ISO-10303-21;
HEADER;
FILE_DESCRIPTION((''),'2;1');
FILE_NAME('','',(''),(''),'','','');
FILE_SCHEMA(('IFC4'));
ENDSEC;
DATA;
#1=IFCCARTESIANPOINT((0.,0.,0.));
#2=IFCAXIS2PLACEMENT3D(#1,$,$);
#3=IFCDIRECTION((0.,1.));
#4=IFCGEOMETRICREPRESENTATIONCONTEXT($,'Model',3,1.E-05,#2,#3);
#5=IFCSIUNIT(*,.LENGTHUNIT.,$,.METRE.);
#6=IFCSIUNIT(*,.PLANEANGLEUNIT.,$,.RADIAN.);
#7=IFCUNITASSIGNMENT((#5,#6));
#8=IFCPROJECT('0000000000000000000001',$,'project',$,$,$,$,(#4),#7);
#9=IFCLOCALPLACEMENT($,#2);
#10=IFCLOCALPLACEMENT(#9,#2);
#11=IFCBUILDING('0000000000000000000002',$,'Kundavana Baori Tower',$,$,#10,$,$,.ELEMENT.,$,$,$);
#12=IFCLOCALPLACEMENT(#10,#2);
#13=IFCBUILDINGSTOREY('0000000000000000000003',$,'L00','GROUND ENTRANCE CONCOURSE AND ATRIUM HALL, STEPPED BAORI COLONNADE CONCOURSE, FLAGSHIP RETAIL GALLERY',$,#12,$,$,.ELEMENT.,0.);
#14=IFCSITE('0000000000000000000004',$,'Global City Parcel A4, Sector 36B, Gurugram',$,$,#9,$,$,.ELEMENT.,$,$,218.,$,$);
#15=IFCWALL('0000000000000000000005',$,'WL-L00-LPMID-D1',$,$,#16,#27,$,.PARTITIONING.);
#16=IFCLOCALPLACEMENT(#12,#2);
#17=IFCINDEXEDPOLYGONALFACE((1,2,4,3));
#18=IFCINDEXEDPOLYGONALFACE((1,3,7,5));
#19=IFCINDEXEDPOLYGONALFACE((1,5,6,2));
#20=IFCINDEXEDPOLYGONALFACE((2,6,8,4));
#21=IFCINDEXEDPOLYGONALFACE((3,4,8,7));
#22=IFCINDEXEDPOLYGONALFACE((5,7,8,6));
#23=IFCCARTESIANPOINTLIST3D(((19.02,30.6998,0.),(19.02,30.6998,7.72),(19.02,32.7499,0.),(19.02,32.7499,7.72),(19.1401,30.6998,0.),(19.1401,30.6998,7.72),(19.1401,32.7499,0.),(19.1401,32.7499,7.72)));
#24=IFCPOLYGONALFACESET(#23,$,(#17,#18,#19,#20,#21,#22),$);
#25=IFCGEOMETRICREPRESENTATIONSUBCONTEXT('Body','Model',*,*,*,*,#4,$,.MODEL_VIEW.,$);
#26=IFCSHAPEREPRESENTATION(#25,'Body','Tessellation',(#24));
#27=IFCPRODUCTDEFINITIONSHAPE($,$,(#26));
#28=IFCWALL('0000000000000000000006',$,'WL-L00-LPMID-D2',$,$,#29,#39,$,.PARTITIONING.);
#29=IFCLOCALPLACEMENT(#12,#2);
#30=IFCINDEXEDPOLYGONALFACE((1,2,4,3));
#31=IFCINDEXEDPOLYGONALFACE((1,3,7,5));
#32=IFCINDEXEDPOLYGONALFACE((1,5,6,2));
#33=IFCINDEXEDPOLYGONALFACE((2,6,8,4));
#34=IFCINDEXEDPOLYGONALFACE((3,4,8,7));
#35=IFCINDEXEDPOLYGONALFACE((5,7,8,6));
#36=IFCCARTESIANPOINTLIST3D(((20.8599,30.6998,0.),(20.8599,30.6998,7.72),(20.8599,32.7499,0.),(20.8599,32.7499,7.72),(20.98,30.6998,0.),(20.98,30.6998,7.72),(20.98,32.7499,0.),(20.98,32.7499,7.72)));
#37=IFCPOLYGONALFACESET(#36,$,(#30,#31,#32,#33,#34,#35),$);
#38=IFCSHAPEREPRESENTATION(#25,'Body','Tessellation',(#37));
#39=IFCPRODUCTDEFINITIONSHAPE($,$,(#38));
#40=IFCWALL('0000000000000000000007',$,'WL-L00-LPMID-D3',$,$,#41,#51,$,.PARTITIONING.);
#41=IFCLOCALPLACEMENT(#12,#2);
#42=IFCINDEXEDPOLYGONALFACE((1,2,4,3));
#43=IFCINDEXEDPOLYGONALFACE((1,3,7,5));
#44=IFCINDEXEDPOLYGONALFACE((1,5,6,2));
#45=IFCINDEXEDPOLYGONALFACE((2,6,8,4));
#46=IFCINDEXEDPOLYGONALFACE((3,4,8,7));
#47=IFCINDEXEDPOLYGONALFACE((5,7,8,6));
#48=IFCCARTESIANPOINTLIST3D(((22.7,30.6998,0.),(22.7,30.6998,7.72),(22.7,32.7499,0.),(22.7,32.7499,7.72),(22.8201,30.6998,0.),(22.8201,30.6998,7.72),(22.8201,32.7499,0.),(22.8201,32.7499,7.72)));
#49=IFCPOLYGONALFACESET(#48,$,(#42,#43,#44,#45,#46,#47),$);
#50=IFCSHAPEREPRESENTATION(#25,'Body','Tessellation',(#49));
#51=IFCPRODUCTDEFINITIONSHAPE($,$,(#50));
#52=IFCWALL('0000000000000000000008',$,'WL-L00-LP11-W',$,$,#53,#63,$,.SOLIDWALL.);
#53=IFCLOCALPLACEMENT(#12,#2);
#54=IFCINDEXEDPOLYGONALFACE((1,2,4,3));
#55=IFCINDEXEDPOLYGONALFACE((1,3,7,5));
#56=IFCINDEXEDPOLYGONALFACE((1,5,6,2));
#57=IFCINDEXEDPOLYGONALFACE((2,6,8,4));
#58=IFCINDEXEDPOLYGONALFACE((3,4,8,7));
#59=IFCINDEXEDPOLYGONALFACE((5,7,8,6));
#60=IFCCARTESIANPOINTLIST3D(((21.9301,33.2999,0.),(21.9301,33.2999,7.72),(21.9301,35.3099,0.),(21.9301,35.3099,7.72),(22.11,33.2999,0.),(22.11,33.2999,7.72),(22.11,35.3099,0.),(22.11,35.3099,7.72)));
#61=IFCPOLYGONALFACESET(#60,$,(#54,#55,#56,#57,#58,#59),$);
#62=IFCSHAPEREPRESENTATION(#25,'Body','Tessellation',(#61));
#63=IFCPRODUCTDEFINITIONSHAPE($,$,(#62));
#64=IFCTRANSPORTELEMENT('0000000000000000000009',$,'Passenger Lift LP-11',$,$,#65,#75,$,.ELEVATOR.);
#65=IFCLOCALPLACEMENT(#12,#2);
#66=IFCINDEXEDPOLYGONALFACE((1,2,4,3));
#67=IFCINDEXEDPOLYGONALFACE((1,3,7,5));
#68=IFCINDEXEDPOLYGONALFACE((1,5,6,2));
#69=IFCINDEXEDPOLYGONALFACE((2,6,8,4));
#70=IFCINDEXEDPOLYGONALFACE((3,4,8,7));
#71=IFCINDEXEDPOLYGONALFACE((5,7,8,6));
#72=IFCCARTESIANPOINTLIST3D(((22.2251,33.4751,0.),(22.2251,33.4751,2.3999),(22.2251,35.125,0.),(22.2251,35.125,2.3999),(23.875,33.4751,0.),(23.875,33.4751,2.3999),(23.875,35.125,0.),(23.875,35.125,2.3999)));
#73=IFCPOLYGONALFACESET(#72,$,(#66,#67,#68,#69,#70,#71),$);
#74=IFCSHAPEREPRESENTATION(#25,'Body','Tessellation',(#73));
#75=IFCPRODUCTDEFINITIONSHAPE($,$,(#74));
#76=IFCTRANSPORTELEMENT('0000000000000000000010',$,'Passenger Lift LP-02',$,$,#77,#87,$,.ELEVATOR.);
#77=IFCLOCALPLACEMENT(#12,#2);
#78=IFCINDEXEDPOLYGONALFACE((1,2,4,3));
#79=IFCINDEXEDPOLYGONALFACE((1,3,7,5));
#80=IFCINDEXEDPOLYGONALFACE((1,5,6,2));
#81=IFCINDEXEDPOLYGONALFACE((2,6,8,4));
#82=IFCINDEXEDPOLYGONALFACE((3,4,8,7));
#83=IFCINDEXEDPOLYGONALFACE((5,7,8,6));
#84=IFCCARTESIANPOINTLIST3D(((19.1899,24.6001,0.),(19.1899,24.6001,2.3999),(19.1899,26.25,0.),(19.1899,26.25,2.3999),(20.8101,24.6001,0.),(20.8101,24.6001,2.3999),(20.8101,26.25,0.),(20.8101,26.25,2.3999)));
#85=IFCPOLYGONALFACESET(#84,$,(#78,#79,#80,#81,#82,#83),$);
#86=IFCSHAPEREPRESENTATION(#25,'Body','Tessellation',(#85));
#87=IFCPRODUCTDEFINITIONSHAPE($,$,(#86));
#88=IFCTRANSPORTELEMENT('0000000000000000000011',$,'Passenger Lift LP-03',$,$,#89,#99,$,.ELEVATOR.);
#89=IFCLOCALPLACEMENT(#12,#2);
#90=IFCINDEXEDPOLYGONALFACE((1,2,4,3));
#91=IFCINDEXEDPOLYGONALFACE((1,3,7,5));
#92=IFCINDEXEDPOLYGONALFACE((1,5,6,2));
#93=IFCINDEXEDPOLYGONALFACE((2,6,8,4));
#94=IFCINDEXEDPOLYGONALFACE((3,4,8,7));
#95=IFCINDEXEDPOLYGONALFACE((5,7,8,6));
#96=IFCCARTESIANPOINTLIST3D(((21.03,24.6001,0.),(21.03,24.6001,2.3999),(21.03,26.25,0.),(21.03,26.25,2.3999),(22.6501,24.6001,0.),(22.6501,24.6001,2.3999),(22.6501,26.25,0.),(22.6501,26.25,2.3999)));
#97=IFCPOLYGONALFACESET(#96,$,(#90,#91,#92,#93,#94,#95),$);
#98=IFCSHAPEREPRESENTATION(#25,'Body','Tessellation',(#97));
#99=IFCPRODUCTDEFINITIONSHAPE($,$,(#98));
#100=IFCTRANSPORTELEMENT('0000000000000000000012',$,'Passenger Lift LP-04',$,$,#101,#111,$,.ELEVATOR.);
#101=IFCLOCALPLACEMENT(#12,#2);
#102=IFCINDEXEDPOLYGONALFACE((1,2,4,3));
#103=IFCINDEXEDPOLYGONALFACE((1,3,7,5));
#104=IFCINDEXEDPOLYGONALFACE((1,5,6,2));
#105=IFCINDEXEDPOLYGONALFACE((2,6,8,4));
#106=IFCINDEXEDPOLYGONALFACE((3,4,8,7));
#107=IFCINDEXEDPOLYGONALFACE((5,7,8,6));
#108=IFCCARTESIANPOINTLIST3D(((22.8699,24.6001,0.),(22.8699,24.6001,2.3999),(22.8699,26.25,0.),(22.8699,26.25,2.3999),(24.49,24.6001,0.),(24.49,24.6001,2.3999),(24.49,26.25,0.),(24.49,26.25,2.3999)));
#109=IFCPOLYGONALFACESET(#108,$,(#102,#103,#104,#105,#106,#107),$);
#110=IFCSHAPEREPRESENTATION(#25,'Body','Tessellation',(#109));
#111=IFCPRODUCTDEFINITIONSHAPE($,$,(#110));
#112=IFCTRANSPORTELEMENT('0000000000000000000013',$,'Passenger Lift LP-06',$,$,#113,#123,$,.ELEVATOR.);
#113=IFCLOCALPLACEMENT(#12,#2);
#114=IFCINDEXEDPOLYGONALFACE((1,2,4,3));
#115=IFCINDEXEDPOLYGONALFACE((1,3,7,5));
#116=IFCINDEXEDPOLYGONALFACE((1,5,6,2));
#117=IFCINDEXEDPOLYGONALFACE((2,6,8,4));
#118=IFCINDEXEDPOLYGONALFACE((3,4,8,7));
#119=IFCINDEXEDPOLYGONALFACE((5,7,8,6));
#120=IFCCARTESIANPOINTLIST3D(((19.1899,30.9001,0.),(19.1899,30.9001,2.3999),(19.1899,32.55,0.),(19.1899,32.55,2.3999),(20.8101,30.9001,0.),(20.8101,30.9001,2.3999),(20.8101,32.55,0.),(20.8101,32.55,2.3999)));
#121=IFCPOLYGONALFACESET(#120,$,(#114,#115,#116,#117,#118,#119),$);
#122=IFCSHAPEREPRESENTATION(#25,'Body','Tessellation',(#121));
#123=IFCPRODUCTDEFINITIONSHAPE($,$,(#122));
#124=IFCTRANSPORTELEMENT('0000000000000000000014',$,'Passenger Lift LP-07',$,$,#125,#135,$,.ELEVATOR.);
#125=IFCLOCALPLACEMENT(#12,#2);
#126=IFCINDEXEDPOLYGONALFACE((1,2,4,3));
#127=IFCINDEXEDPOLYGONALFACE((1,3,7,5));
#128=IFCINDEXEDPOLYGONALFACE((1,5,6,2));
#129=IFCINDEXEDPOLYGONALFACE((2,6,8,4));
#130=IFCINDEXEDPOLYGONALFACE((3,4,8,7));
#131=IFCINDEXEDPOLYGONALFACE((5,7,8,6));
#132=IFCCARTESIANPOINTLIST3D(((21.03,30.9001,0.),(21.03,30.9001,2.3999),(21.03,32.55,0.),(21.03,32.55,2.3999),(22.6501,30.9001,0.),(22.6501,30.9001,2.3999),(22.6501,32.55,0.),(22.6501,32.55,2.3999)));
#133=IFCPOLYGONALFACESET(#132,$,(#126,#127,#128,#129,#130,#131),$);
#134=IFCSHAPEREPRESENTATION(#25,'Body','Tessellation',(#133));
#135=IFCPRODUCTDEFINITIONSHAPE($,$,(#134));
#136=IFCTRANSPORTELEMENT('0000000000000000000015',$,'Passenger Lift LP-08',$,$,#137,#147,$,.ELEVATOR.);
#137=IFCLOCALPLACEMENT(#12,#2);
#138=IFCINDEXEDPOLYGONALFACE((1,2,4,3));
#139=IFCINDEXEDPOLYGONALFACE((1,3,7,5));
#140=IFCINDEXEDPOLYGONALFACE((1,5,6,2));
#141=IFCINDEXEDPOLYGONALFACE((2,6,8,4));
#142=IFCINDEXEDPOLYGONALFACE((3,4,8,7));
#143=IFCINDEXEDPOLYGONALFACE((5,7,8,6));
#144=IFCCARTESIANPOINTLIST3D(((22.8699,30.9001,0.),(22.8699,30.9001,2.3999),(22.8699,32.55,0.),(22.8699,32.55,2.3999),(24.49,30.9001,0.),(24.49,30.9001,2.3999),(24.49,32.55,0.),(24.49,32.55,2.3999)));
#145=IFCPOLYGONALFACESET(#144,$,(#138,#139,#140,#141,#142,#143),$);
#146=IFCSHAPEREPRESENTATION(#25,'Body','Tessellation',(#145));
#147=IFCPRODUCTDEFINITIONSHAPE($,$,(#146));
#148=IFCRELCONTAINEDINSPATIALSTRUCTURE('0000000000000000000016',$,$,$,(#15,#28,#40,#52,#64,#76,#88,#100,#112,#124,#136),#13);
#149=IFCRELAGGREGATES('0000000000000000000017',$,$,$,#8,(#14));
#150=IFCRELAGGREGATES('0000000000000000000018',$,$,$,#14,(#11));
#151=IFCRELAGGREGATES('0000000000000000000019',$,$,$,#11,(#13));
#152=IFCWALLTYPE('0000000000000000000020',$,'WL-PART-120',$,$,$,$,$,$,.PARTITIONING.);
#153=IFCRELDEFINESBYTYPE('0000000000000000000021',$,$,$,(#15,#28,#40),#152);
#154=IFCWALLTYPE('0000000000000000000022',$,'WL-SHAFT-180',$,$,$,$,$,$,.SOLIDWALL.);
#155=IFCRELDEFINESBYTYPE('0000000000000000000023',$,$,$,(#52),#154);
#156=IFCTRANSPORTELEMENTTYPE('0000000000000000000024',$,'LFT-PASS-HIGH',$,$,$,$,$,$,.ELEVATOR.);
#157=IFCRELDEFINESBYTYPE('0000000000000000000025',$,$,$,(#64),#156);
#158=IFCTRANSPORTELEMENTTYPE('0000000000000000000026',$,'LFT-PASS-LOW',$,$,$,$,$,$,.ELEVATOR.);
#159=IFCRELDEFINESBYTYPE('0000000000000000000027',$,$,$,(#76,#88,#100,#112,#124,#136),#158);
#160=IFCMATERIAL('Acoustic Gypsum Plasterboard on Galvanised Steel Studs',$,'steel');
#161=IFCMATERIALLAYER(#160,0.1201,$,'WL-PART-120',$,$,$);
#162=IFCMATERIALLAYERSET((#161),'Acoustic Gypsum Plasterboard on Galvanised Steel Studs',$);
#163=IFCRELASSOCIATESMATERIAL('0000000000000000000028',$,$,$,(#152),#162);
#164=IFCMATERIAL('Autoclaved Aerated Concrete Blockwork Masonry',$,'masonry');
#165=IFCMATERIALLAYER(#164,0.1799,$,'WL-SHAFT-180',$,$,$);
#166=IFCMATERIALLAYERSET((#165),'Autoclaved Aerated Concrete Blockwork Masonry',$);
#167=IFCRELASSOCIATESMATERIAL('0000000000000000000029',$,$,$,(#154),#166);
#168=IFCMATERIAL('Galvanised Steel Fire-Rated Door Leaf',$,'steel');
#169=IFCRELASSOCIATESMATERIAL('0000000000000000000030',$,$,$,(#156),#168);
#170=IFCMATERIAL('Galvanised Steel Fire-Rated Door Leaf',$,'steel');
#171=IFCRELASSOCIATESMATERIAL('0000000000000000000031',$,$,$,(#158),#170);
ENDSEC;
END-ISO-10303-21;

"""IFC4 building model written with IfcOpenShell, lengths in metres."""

from ifc_helpers import new_model, si_unit, direction, frame, frame_2d, origin, origin_2d, place, context, subcontext, project, spatial, rectangle, extrude, material, layer, layer_set, type_object, element, save


model = new_model("IFC4")

# Units and contexts
model_context = context("Model", 3, precision=1e-05, world=origin(), true_north=direction((0.0, 1.0)))
body_context = subcontext(model_context, "Body", "Model", "MODEL_VIEW")
ifc_project = project(units=[si_unit("LENGTHUNIT", "METRE"), si_unit("PLANEANGLEUNIT", "RADIAN")], contexts=[model_context])

# Site, building, storey
site_placement = place(None, origin())
site = spatial("IfcSite", under=ifc_project, at=site_placement, Name="Global City Parcel A4, Sector 36B, Gurugram", CompositionType="ELEMENT", RefElevation=218.0)
building_placement = place(site_placement, origin())
building = spatial("IfcBuilding", under=site, at=building_placement, Name="Kundavana Baori Tower", CompositionType="ELEMENT")
storey_placement = place(building_placement, origin())
storey = spatial("IfcBuildingStorey", under=building, at=storey_placement, Name="L00", Description="GROUND ENTRANCE CONCOURSE AND ATRIUM HALL, STEPPED BAORI COLONNADE CONCOURSE, FLAGSHIP RETAIL GALLERY", CompositionType="ELEMENT", Elevation=0.0)

# Walls
ifc_material_1 = material(Name="Acoustic Gypsum Plasterboard on Galvanised Steel Studs", Category="steel")
ifc_layer_1 = layer(ifc_material_1, 0.1201, Name="WL-PART-120")
ifc_layer_set_1 = layer_set([ifc_layer_1], Name="Acoustic Gypsum Plasterboard on Galvanised Steel Studs")
wall_type_1 = type_object("IfcWallType", Name="WL-PART-120", PredefinedType="PARTITIONING", material=ifc_layer_set_1)
for number, where, z_axis, x_axis, name in (
    (1, (19.0801, 30.7, 0.0), (0.0, 0.0, 1.0), (0.0, 1.0, 0.0), "WL-L00-LPMID-D1"),
    (2, (20.9199, 30.7, 0.0), (0.0, 0.0, 1.0), (0.0, 1.0, 0.0), "WL-L00-LPMID-D2"),
    (3, (22.76, 30.7, 0.0), (0.0, 0.0, 1.0), (0.0, 1.0, 0.0), "WL-L00-LPMID-D3"),
):
    element("IfcWall", number, at=place(storey_placement, frame(where, z_axis=z_axis, x_axis=x_axis)), inside=storey, type_object=wall_type_1, Name=name, PredefinedType="PARTITIONING", context=body_context, shape_type="SweptSolid", body=[
        extrude(rectangle(XDim=2.05, YDim=0.1201, at=frame_2d((1.0249, 0.0))), origin(), (0.0, 0.0, 1.0), 7.72),
    ])
ifc_material_2 = material(Name="Autoclaved Aerated Concrete Blockwork Masonry", Category="masonry")
ifc_layer_2 = layer(ifc_material_2, 0.1799, Name="WL-SHAFT-180")
ifc_layer_set_2 = layer_set([ifc_layer_2], Name="Autoclaved Aerated Concrete Blockwork Masonry")
wall_type_2 = type_object("IfcWallType", Name="WL-SHAFT-180", PredefinedType="SOLIDWALL", material=ifc_layer_set_2)
wall_1_placement = place(storey_placement, frame((22.02, 33.3, 0.0), z_axis=(0.0, 0.0, 1.0), x_axis=(0.0, 1.0, 0.0)))
element("IfcWall", 4, at=wall_1_placement, inside=storey, type_object=wall_type_2, Name="WL-L00-LP11-W", PredefinedType="SOLIDWALL", context=body_context, shape_type="SweptSolid", body=[
    extrude(rectangle(XDim=2.01, YDim=0.1799, at=frame_2d((1.0049, 0.0))), origin(), (0.0, 0.0, 1.0), 7.72),
])

# Transport elements
ifc_material_3 = material(Name="Galvanised Steel Fire-Rated Door Leaf", Category="steel")
transport_element_type_1 = type_object("IfcTransportElementType", Name="LFT-PASS-HIGH", PredefinedType="ELEVATOR", material=ifc_material_3)
transport_element_placement = place(storey_placement, frame((23.05, 34.3, 0.0), z_axis=(0.0, 0.0, 1.0), x_axis=(1.0, 0.0, 0.0)))
element("IfcTransportElement", 5, at=transport_element_placement, inside=storey, type_object=transport_element_type_1, Name="Passenger Lift LP-11", PredefinedType="ELEVATOR", context=body_context, shape_type="SweptSolid", body=[
    extrude(rectangle(XDim=1.6499, YDim=1.6499, at=origin_2d()), origin(), (0.0, 0.0, 1.0), 2.3999),
])
ifc_material_4 = material(Name="Galvanised Steel Fire-Rated Door Leaf", Category="steel")
transport_element_type_2 = type_object("IfcTransportElementType", Name="LFT-PASS-LOW", PredefinedType="ELEVATOR", material=ifc_material_4)
for number, where, z_axis, x_axis, name in (
    (6, (20.0, 25.425, 0.0), (0.0, 0.0, 1.0), (1.0, 0.0, 0.0), "Passenger Lift LP-02"),
    (7, (21.8401, 25.425, 0.0), (0.0, 0.0, 1.0), (1.0, 0.0, 0.0), "Passenger Lift LP-03"),
    (8, (23.6799, 25.425, 0.0), (0.0, 0.0, 1.0), (1.0, 0.0, 0.0), "Passenger Lift LP-04"),
    (9, (20.0, 31.7251, 0.0), (0.0, 0.0, 1.0), (1.0, 0.0, 0.0), "Passenger Lift LP-06"),
    (10, (21.8401, 31.7251, 0.0), (0.0, 0.0, 1.0), (1.0, 0.0, 0.0), "Passenger Lift LP-07"),
    (11, (23.6799, 31.7251, 0.0), (0.0, 0.0, 1.0), (1.0, 0.0, 0.0), "Passenger Lift LP-08"),
):
    element("IfcTransportElement", number, at=place(storey_placement, frame(where, z_axis=z_axis, x_axis=x_axis)), inside=storey, type_object=transport_element_type_2, Name=name, PredefinedType="ELEVATOR", context=body_context, shape_type="SweptSolid", body=[
        extrude(rectangle(XDim=1.6201, YDim=1.6499, at=origin_2d()), origin(), (0.0, 0.0, 1.0), 2.3999),
    ])

save(model, "model.ifc")
